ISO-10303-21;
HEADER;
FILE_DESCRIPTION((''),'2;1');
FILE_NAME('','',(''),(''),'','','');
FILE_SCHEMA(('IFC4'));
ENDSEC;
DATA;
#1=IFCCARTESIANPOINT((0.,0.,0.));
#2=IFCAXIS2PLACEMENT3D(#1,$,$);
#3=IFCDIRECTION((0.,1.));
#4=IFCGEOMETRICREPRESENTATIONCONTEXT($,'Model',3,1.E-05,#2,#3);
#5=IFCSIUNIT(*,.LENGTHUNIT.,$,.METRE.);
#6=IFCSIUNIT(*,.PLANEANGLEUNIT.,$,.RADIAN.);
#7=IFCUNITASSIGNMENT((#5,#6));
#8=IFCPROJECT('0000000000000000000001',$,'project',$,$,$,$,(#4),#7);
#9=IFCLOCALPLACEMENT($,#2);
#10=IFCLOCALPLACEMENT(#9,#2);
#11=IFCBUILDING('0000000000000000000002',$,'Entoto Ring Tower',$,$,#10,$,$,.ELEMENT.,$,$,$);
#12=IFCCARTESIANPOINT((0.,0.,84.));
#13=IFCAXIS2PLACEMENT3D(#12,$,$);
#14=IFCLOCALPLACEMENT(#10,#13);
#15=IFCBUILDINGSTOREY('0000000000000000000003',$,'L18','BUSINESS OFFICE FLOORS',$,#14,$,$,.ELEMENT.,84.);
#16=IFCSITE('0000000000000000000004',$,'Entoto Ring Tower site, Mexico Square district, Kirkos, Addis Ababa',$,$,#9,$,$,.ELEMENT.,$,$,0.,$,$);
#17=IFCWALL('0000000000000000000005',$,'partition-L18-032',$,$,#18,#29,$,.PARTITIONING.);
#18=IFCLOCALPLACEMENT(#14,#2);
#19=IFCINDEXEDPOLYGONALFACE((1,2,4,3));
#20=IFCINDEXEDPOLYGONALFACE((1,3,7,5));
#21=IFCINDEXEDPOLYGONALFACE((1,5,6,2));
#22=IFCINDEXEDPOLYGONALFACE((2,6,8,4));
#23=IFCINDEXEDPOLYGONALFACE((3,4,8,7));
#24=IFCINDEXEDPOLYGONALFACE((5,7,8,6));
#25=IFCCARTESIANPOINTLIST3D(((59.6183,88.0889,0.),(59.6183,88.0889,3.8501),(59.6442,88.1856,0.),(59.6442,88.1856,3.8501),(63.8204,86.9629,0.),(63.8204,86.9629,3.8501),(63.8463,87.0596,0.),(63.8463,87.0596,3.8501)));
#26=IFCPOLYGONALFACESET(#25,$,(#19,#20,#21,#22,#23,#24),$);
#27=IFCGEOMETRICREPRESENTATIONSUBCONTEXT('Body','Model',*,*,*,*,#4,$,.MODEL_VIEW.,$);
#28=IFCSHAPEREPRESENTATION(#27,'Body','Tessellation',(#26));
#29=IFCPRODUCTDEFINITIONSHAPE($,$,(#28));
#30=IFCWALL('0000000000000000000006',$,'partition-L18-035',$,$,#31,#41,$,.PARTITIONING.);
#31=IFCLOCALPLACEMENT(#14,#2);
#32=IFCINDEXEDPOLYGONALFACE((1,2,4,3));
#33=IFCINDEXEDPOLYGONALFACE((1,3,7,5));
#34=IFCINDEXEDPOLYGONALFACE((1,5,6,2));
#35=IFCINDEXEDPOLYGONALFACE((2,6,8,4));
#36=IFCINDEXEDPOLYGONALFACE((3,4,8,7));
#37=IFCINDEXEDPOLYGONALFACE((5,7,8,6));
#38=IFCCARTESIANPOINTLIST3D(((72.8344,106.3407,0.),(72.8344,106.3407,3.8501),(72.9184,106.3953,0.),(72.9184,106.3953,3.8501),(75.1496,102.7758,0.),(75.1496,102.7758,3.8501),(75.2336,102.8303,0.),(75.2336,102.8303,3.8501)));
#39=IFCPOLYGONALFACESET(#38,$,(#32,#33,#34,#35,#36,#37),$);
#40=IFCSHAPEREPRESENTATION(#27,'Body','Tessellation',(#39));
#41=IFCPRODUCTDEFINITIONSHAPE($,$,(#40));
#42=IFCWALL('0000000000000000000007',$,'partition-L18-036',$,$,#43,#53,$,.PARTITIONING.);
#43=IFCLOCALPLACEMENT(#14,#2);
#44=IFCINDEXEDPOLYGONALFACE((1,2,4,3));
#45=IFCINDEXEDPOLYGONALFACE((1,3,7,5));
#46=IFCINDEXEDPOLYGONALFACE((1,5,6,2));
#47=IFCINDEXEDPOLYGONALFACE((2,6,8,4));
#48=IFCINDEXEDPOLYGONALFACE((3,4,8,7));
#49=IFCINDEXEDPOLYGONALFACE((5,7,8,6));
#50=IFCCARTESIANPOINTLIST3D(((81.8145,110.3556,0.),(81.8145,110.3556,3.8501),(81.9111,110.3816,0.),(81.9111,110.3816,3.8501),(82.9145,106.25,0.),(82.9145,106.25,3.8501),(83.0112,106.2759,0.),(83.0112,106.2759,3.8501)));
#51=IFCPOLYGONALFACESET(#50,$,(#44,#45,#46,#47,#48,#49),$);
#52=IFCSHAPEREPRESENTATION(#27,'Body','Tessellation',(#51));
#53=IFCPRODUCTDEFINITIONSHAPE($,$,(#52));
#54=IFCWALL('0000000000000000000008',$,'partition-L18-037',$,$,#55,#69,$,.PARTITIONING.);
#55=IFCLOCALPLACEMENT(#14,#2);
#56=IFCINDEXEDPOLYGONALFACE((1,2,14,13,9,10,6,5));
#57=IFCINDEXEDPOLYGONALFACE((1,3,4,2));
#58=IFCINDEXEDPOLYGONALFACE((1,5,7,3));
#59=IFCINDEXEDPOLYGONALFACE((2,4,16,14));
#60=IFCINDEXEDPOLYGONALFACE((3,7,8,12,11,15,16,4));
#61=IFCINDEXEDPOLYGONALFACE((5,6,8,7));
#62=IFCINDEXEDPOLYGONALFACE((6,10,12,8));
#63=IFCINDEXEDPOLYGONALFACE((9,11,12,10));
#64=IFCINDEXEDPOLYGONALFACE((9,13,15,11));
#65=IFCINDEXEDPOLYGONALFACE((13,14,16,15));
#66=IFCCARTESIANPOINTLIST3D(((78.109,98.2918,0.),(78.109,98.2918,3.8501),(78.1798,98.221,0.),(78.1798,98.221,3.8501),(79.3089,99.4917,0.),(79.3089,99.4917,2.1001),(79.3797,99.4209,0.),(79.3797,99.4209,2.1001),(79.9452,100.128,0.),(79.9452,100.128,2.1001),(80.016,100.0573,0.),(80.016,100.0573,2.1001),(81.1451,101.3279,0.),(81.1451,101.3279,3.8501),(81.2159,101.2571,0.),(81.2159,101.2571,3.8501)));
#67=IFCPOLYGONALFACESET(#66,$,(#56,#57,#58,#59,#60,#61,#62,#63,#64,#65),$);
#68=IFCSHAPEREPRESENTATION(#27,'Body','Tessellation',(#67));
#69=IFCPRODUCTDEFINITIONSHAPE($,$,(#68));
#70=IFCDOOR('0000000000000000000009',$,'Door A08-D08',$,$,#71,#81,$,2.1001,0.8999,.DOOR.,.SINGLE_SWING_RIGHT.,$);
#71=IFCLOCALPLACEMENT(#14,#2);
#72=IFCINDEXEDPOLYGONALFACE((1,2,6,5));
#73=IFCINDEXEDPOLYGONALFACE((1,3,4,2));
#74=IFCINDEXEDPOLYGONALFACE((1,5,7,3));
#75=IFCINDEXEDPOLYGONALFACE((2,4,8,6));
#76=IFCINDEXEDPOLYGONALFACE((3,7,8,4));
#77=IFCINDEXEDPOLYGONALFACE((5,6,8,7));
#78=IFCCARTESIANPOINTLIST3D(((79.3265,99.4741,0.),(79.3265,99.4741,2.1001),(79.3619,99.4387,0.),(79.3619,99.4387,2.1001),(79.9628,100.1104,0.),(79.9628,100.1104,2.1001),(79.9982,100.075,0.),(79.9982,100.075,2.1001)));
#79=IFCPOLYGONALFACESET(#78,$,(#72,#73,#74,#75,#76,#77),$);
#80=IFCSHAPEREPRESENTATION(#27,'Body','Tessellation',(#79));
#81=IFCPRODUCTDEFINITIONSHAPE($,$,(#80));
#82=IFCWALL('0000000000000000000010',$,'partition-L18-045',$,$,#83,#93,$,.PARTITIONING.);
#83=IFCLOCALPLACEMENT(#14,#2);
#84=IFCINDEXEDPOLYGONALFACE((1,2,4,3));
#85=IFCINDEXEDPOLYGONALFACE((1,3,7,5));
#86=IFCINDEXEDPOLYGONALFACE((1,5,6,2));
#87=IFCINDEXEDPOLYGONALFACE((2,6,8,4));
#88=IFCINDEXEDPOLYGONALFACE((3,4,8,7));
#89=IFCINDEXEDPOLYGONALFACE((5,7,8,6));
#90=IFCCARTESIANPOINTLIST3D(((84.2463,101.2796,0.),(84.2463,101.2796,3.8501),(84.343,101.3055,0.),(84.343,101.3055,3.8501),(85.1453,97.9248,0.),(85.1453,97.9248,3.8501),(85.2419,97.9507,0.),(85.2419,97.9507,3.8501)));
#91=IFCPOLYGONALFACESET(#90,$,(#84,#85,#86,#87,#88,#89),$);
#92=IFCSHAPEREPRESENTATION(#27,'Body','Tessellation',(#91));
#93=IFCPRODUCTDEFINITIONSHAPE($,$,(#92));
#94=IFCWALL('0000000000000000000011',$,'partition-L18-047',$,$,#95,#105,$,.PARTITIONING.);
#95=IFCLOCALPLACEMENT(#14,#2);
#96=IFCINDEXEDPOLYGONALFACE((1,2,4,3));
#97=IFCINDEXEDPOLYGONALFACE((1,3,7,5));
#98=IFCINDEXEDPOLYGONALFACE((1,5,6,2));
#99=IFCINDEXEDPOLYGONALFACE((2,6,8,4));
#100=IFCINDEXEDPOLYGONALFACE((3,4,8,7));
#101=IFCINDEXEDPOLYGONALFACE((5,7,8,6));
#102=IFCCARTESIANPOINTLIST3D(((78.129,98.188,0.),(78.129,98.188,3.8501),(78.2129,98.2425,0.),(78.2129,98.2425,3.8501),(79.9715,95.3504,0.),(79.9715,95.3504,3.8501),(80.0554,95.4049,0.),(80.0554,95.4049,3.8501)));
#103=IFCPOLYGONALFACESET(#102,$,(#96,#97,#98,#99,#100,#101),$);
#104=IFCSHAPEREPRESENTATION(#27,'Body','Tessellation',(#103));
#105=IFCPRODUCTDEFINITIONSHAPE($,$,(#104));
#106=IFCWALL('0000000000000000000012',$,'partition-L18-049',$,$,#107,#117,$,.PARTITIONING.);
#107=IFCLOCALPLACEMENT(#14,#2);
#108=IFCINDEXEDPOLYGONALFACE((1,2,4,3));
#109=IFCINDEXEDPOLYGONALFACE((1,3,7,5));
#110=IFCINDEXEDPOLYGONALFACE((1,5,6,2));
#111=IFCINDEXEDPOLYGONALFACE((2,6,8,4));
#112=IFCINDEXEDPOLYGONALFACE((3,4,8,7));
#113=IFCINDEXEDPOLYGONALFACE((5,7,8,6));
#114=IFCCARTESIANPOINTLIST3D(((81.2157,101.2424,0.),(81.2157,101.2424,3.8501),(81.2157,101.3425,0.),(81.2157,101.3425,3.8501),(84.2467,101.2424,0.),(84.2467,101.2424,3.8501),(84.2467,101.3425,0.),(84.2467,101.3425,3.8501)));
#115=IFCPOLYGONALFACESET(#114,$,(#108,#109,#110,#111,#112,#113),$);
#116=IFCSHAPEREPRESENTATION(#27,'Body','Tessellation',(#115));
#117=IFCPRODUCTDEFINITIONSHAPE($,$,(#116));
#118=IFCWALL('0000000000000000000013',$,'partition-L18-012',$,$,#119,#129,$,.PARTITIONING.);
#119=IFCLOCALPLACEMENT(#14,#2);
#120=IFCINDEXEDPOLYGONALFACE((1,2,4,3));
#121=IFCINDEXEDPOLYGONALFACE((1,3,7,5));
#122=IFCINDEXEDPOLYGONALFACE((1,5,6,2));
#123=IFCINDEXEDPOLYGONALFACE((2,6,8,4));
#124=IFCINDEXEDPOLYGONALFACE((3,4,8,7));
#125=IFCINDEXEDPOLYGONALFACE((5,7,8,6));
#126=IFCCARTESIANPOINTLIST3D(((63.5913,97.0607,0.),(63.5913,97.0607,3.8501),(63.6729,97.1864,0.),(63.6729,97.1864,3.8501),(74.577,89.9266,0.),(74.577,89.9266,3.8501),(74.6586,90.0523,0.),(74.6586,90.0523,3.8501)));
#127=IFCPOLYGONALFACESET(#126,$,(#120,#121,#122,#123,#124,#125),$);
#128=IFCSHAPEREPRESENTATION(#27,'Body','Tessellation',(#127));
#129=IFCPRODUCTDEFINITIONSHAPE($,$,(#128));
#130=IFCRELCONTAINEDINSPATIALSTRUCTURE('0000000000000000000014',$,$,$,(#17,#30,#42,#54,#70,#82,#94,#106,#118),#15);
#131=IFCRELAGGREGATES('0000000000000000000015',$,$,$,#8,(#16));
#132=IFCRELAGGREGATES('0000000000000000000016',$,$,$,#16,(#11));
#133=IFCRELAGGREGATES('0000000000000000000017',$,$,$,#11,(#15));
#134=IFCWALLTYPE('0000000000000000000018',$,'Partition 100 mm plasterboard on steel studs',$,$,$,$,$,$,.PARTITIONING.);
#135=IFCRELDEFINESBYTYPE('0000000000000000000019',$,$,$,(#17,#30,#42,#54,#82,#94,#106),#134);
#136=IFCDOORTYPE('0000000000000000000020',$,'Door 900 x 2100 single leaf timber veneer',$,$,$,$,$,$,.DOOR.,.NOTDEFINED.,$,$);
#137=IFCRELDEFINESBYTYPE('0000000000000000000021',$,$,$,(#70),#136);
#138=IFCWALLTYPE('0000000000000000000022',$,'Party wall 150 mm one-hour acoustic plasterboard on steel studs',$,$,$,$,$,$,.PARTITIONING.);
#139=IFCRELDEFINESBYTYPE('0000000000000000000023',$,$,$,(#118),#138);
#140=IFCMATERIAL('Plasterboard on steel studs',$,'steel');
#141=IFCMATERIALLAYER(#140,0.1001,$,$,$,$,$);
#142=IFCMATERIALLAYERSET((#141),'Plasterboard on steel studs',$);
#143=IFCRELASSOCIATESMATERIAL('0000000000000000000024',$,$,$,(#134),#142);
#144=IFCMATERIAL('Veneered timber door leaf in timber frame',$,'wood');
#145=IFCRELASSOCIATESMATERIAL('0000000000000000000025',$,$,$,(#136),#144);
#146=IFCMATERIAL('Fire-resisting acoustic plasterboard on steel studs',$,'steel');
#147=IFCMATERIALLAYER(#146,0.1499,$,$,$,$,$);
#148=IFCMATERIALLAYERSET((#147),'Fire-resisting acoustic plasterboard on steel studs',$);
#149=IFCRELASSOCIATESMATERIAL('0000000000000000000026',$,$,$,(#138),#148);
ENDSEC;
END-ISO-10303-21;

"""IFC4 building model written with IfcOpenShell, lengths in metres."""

from ifc_helpers import new_model, si_unit, direction, frame, frame_2d, origin, place, context, subcontext, project, spatial, rectangle, extrude, material, layer, layer_set, type_object, element, fill, save


model = new_model("IFC4")

# Units and contexts
model_context = context("Model", 3, precision=1e-05, world=origin(), true_north=direction((0.0, 1.0)))
body_context = subcontext(model_context, "Body", "Model", "MODEL_VIEW")
ifc_project = project(units=[si_unit("LENGTHUNIT", "METRE"), si_unit("PLANEANGLEUNIT", "RADIAN")], contexts=[model_context])

# Site, building, storey
site_placement = place(None, origin())
site = spatial("IfcSite", under=ifc_project, at=site_placement, Name="Entoto Ring Tower site, Mexico Square district, Kirkos, Addis Ababa", CompositionType="ELEMENT", RefElevation=0.0)
building_placement = place(site_placement, origin())
building = spatial("IfcBuilding", under=site, at=building_placement, Name="Entoto Ring Tower", CompositionType="ELEMENT")
storey_placement = place(building_placement, frame((0.0, 0.0, 84.0)))
storey = spatial("IfcBuildingStorey", under=building, at=storey_placement, Name="L18", Description="BUSINESS OFFICE FLOORS", CompositionType="ELEMENT", Elevation=84.0)

# Shared definitions
ifc_material_1 = material(Name="Plasterboard on steel studs", Category="steel")
ifc_layer_1 = layer(ifc_material_1, 0.1001)
ifc_layer_set_1 = layer_set([ifc_layer_1], Name="Plasterboard on steel studs")
wall_type_1 = type_object("IfcWallType", Name="Partition 100 mm plasterboard on steel studs", PredefinedType="PARTITIONING", material=ifc_layer_set_1)
ifc_material_2 = material(Name="Veneered timber door leaf in timber frame", Category="wood")
door_type_1 = type_object("IfcDoorType", Name="Door 900 x 2100 single leaf timber veneer", OperationType="NOTDEFINED", PredefinedType="DOOR", material=ifc_material_2)

# Walls
wall_1_placement = place(storey_placement, frame((63.8335, 87.0112, 0.0), z_axis=(0.0, 0.0, 1.0), x_axis=(-0.965925, 0.258822, 0.0)))
element("IfcWall", 1, at=wall_1_placement, inside=storey, type_object=wall_type_1, Name="partition-L18-032", PredefinedType="PARTITIONING", context=body_context, shape_type="SweptSolid", body=[
    extrude(rectangle(XDim=4.3503, YDim=0.1001, at=frame_2d((2.1753, 0.0))), origin(), (0.0, 0.0, 1.0), 3.8501),
])
wall_2_placement = place(storey_placement, frame((75.1917, 102.803, 0.0), z_axis=(0.0, 0.0, 1.0), x_axis=(-0.544653, 0.838661, 0.0)))
element("IfcWall", 2, at=wall_2_placement, inside=storey, type_object=wall_type_1, Name="partition-L18-035", PredefinedType="PARTITIONING", context=body_context, shape_type="SweptSolid", body=[
    extrude(rectangle(XDim=4.2507, YDim=0.1001, at=frame_2d((2.1255, 0.0))), origin(), (0.0, 0.0, 1.0), 3.8501),
])
wall_3_placement = place(storey_placement, frame((82.9629, 106.2629, 0.0), z_axis=(0.0, 0.0, 1.0), x_axis=(-0.258814, 0.965927, 0.0)))
element("IfcWall", 3, at=wall_3_placement, inside=storey, type_object=wall_type_1, Name="partition-L18-036", PredefinedType="PARTITIONING", context=body_context, shape_type="SweptSolid", body=[
    extrude(rectangle(XDim=4.2505, YDim=0.1001, at=frame_2d((2.1252, 0.0))), origin(), (0.0, 0.0, 1.0), 3.8501),
])

# Wall, opening, door
wall_4_placement = place(storey_placement, frame((78.1443, 98.2563, 0.0), z_axis=(0.0, 0.0, 1.0), x_axis=(0.707107, 0.707107, 0.0)))
wall_4 = element("IfcWall", 4, at=wall_4_placement, inside=storey, type_object=wall_type_1, Name="partition-L18-037", PredefinedType="PARTITIONING", context=body_context, shape_type="SweptSolid", body=[
    extrude(rectangle(XDim=4.2937, YDim=0.1001, at=frame_2d((2.147, 0.0))), origin(), (0.0, 0.0, 1.0), 3.8501),
])
opening_1_placement = place(wall_4_placement, frame((1.697, 0.0, 0.0)))
opening_1 = element("IfcOpeningElement", 5, at=opening_1_placement, cuts=wall_4, PredefinedType="OPENING", context=body_context, shape_type="SweptSolid", body=[
    extrude(rectangle(XDim=0.8999, YDim=2.1001, at=frame_2d((0.45, 1.05))), frame((0.0, 0.0601, 0.0), z_axis=(0.0, -1.0, 0.0), x_axis=(1.0, 0.0, 0.0)), (0.0, 0.0, 1.0), 0.1201),
])
door_1_placement = place(opening_1_placement, frame((0.8999, 0.0, 0.0), z_axis=(0.0, 0.0, 1.0), x_axis=(-1.0, 0.0, 0.0)))
door_1 = element("IfcDoor", 6, at=door_1_placement, inside=storey, type_object=door_type_1, Name="Door A08-D08", OperationType="SINGLE_SWING_RIGHT", OverallHeight=2.1001, OverallWidth=0.8999, PredefinedType="DOOR", context=body_context, shape_type="SweptSolid", body=[
    extrude(rectangle(XDim=0.8999, YDim=2.1001, at=frame_2d((0.45, 1.05))), frame((0.0, 0.0249, 0.0), z_axis=(0.0, -1.0, 0.0), x_axis=(1.0, 0.0, 0.0)), (0.0, 0.0, 1.0), 0.05),
])
fill(opening_1, door_1)

# Walls
wall_5_placement = place(storey_placement, frame((85.1936, 97.9377, 0.0), z_axis=(0.0, 0.0, 1.0), x_axis=(-0.258826, 0.965924, 0.0)))
element("IfcWall", 7, at=wall_5_placement, inside=storey, type_object=wall_type_1, Name="partition-L18-045", PredefinedType="PARTITIONING", context=body_context, shape_type="SweptSolid", body=[
    extrude(rectangle(XDim=3.4731, YDim=0.1001, at=frame_2d((1.7366, 0.0))), origin(), (0.0, 0.0, 1.0), 3.8501),
])
wall_6_placement = place(storey_placement, frame((80.0134, 95.3777, 0.0), z_axis=(0.0, 0.0, 1.0), x_axis=(-0.544585, 0.838706, 0.0)))
element("IfcWall", 8, at=wall_6_placement, inside=storey, type_object=wall_type_1, Name="partition-L18-047", PredefinedType="PARTITIONING", context=body_context, shape_type="SweptSolid", body=[
    extrude(rectangle(XDim=3.3833, YDim=0.1001, at=frame_2d((1.6917, 0.0))), origin(), (0.0, 0.0, 1.0), 3.8501),
])
wall_7_placement = place(storey_placement, frame((81.2156, 101.2925, 0.0), z_axis=(0.0, 0.0, 1.0), x_axis=(1.0, 0.0, 0.0)))
element("IfcWall", 9, at=wall_7_placement, inside=storey, type_object=wall_type_1, Name="partition-L18-049", PredefinedType="PARTITIONING", context=body_context, shape_type="SweptSolid", body=[
    extrude(rectangle(XDim=3.031, YDim=0.1001, at=frame_2d((1.5156, 0.0))), origin(), (0.0, 0.0, 1.0), 3.8501),
])
ifc_material_3 = material(Name="Fire-resisting acoustic plasterboard on steel studs", Category="steel")
ifc_layer_2 = layer(ifc_material_3, 0.1499)
ifc_layer_set_2 = layer_set([ifc_layer_2], Name="Fire-resisting acoustic plasterboard on steel studs")
wall_type_2 = type_object("IfcWallType", Name="Party wall 150 mm one-hour acoustic plasterboard on steel studs", PredefinedType="PARTITIONING", material=ifc_layer_set_2)
wall_8_placement = place(storey_placement, frame((74.6177, 89.9895, 0.0), z_axis=(0.0, 0.0, 1.0), x_axis=(-0.838674, 0.544634, 0.0)))
element("IfcWall", 10, at=wall_8_placement, inside=storey, type_object=wall_type_2, Name="partition-L18-012", PredefinedType="PARTITIONING", context=body_context, shape_type="SweptSolid", body=[
    extrude(rectangle(XDim=13.0989, YDim=0.1499, at=frame_2d((6.5493, 0.0))), origin(), (0.0, 0.0, 1.0), 3.8501),
])

save(model, "model.ifc")
